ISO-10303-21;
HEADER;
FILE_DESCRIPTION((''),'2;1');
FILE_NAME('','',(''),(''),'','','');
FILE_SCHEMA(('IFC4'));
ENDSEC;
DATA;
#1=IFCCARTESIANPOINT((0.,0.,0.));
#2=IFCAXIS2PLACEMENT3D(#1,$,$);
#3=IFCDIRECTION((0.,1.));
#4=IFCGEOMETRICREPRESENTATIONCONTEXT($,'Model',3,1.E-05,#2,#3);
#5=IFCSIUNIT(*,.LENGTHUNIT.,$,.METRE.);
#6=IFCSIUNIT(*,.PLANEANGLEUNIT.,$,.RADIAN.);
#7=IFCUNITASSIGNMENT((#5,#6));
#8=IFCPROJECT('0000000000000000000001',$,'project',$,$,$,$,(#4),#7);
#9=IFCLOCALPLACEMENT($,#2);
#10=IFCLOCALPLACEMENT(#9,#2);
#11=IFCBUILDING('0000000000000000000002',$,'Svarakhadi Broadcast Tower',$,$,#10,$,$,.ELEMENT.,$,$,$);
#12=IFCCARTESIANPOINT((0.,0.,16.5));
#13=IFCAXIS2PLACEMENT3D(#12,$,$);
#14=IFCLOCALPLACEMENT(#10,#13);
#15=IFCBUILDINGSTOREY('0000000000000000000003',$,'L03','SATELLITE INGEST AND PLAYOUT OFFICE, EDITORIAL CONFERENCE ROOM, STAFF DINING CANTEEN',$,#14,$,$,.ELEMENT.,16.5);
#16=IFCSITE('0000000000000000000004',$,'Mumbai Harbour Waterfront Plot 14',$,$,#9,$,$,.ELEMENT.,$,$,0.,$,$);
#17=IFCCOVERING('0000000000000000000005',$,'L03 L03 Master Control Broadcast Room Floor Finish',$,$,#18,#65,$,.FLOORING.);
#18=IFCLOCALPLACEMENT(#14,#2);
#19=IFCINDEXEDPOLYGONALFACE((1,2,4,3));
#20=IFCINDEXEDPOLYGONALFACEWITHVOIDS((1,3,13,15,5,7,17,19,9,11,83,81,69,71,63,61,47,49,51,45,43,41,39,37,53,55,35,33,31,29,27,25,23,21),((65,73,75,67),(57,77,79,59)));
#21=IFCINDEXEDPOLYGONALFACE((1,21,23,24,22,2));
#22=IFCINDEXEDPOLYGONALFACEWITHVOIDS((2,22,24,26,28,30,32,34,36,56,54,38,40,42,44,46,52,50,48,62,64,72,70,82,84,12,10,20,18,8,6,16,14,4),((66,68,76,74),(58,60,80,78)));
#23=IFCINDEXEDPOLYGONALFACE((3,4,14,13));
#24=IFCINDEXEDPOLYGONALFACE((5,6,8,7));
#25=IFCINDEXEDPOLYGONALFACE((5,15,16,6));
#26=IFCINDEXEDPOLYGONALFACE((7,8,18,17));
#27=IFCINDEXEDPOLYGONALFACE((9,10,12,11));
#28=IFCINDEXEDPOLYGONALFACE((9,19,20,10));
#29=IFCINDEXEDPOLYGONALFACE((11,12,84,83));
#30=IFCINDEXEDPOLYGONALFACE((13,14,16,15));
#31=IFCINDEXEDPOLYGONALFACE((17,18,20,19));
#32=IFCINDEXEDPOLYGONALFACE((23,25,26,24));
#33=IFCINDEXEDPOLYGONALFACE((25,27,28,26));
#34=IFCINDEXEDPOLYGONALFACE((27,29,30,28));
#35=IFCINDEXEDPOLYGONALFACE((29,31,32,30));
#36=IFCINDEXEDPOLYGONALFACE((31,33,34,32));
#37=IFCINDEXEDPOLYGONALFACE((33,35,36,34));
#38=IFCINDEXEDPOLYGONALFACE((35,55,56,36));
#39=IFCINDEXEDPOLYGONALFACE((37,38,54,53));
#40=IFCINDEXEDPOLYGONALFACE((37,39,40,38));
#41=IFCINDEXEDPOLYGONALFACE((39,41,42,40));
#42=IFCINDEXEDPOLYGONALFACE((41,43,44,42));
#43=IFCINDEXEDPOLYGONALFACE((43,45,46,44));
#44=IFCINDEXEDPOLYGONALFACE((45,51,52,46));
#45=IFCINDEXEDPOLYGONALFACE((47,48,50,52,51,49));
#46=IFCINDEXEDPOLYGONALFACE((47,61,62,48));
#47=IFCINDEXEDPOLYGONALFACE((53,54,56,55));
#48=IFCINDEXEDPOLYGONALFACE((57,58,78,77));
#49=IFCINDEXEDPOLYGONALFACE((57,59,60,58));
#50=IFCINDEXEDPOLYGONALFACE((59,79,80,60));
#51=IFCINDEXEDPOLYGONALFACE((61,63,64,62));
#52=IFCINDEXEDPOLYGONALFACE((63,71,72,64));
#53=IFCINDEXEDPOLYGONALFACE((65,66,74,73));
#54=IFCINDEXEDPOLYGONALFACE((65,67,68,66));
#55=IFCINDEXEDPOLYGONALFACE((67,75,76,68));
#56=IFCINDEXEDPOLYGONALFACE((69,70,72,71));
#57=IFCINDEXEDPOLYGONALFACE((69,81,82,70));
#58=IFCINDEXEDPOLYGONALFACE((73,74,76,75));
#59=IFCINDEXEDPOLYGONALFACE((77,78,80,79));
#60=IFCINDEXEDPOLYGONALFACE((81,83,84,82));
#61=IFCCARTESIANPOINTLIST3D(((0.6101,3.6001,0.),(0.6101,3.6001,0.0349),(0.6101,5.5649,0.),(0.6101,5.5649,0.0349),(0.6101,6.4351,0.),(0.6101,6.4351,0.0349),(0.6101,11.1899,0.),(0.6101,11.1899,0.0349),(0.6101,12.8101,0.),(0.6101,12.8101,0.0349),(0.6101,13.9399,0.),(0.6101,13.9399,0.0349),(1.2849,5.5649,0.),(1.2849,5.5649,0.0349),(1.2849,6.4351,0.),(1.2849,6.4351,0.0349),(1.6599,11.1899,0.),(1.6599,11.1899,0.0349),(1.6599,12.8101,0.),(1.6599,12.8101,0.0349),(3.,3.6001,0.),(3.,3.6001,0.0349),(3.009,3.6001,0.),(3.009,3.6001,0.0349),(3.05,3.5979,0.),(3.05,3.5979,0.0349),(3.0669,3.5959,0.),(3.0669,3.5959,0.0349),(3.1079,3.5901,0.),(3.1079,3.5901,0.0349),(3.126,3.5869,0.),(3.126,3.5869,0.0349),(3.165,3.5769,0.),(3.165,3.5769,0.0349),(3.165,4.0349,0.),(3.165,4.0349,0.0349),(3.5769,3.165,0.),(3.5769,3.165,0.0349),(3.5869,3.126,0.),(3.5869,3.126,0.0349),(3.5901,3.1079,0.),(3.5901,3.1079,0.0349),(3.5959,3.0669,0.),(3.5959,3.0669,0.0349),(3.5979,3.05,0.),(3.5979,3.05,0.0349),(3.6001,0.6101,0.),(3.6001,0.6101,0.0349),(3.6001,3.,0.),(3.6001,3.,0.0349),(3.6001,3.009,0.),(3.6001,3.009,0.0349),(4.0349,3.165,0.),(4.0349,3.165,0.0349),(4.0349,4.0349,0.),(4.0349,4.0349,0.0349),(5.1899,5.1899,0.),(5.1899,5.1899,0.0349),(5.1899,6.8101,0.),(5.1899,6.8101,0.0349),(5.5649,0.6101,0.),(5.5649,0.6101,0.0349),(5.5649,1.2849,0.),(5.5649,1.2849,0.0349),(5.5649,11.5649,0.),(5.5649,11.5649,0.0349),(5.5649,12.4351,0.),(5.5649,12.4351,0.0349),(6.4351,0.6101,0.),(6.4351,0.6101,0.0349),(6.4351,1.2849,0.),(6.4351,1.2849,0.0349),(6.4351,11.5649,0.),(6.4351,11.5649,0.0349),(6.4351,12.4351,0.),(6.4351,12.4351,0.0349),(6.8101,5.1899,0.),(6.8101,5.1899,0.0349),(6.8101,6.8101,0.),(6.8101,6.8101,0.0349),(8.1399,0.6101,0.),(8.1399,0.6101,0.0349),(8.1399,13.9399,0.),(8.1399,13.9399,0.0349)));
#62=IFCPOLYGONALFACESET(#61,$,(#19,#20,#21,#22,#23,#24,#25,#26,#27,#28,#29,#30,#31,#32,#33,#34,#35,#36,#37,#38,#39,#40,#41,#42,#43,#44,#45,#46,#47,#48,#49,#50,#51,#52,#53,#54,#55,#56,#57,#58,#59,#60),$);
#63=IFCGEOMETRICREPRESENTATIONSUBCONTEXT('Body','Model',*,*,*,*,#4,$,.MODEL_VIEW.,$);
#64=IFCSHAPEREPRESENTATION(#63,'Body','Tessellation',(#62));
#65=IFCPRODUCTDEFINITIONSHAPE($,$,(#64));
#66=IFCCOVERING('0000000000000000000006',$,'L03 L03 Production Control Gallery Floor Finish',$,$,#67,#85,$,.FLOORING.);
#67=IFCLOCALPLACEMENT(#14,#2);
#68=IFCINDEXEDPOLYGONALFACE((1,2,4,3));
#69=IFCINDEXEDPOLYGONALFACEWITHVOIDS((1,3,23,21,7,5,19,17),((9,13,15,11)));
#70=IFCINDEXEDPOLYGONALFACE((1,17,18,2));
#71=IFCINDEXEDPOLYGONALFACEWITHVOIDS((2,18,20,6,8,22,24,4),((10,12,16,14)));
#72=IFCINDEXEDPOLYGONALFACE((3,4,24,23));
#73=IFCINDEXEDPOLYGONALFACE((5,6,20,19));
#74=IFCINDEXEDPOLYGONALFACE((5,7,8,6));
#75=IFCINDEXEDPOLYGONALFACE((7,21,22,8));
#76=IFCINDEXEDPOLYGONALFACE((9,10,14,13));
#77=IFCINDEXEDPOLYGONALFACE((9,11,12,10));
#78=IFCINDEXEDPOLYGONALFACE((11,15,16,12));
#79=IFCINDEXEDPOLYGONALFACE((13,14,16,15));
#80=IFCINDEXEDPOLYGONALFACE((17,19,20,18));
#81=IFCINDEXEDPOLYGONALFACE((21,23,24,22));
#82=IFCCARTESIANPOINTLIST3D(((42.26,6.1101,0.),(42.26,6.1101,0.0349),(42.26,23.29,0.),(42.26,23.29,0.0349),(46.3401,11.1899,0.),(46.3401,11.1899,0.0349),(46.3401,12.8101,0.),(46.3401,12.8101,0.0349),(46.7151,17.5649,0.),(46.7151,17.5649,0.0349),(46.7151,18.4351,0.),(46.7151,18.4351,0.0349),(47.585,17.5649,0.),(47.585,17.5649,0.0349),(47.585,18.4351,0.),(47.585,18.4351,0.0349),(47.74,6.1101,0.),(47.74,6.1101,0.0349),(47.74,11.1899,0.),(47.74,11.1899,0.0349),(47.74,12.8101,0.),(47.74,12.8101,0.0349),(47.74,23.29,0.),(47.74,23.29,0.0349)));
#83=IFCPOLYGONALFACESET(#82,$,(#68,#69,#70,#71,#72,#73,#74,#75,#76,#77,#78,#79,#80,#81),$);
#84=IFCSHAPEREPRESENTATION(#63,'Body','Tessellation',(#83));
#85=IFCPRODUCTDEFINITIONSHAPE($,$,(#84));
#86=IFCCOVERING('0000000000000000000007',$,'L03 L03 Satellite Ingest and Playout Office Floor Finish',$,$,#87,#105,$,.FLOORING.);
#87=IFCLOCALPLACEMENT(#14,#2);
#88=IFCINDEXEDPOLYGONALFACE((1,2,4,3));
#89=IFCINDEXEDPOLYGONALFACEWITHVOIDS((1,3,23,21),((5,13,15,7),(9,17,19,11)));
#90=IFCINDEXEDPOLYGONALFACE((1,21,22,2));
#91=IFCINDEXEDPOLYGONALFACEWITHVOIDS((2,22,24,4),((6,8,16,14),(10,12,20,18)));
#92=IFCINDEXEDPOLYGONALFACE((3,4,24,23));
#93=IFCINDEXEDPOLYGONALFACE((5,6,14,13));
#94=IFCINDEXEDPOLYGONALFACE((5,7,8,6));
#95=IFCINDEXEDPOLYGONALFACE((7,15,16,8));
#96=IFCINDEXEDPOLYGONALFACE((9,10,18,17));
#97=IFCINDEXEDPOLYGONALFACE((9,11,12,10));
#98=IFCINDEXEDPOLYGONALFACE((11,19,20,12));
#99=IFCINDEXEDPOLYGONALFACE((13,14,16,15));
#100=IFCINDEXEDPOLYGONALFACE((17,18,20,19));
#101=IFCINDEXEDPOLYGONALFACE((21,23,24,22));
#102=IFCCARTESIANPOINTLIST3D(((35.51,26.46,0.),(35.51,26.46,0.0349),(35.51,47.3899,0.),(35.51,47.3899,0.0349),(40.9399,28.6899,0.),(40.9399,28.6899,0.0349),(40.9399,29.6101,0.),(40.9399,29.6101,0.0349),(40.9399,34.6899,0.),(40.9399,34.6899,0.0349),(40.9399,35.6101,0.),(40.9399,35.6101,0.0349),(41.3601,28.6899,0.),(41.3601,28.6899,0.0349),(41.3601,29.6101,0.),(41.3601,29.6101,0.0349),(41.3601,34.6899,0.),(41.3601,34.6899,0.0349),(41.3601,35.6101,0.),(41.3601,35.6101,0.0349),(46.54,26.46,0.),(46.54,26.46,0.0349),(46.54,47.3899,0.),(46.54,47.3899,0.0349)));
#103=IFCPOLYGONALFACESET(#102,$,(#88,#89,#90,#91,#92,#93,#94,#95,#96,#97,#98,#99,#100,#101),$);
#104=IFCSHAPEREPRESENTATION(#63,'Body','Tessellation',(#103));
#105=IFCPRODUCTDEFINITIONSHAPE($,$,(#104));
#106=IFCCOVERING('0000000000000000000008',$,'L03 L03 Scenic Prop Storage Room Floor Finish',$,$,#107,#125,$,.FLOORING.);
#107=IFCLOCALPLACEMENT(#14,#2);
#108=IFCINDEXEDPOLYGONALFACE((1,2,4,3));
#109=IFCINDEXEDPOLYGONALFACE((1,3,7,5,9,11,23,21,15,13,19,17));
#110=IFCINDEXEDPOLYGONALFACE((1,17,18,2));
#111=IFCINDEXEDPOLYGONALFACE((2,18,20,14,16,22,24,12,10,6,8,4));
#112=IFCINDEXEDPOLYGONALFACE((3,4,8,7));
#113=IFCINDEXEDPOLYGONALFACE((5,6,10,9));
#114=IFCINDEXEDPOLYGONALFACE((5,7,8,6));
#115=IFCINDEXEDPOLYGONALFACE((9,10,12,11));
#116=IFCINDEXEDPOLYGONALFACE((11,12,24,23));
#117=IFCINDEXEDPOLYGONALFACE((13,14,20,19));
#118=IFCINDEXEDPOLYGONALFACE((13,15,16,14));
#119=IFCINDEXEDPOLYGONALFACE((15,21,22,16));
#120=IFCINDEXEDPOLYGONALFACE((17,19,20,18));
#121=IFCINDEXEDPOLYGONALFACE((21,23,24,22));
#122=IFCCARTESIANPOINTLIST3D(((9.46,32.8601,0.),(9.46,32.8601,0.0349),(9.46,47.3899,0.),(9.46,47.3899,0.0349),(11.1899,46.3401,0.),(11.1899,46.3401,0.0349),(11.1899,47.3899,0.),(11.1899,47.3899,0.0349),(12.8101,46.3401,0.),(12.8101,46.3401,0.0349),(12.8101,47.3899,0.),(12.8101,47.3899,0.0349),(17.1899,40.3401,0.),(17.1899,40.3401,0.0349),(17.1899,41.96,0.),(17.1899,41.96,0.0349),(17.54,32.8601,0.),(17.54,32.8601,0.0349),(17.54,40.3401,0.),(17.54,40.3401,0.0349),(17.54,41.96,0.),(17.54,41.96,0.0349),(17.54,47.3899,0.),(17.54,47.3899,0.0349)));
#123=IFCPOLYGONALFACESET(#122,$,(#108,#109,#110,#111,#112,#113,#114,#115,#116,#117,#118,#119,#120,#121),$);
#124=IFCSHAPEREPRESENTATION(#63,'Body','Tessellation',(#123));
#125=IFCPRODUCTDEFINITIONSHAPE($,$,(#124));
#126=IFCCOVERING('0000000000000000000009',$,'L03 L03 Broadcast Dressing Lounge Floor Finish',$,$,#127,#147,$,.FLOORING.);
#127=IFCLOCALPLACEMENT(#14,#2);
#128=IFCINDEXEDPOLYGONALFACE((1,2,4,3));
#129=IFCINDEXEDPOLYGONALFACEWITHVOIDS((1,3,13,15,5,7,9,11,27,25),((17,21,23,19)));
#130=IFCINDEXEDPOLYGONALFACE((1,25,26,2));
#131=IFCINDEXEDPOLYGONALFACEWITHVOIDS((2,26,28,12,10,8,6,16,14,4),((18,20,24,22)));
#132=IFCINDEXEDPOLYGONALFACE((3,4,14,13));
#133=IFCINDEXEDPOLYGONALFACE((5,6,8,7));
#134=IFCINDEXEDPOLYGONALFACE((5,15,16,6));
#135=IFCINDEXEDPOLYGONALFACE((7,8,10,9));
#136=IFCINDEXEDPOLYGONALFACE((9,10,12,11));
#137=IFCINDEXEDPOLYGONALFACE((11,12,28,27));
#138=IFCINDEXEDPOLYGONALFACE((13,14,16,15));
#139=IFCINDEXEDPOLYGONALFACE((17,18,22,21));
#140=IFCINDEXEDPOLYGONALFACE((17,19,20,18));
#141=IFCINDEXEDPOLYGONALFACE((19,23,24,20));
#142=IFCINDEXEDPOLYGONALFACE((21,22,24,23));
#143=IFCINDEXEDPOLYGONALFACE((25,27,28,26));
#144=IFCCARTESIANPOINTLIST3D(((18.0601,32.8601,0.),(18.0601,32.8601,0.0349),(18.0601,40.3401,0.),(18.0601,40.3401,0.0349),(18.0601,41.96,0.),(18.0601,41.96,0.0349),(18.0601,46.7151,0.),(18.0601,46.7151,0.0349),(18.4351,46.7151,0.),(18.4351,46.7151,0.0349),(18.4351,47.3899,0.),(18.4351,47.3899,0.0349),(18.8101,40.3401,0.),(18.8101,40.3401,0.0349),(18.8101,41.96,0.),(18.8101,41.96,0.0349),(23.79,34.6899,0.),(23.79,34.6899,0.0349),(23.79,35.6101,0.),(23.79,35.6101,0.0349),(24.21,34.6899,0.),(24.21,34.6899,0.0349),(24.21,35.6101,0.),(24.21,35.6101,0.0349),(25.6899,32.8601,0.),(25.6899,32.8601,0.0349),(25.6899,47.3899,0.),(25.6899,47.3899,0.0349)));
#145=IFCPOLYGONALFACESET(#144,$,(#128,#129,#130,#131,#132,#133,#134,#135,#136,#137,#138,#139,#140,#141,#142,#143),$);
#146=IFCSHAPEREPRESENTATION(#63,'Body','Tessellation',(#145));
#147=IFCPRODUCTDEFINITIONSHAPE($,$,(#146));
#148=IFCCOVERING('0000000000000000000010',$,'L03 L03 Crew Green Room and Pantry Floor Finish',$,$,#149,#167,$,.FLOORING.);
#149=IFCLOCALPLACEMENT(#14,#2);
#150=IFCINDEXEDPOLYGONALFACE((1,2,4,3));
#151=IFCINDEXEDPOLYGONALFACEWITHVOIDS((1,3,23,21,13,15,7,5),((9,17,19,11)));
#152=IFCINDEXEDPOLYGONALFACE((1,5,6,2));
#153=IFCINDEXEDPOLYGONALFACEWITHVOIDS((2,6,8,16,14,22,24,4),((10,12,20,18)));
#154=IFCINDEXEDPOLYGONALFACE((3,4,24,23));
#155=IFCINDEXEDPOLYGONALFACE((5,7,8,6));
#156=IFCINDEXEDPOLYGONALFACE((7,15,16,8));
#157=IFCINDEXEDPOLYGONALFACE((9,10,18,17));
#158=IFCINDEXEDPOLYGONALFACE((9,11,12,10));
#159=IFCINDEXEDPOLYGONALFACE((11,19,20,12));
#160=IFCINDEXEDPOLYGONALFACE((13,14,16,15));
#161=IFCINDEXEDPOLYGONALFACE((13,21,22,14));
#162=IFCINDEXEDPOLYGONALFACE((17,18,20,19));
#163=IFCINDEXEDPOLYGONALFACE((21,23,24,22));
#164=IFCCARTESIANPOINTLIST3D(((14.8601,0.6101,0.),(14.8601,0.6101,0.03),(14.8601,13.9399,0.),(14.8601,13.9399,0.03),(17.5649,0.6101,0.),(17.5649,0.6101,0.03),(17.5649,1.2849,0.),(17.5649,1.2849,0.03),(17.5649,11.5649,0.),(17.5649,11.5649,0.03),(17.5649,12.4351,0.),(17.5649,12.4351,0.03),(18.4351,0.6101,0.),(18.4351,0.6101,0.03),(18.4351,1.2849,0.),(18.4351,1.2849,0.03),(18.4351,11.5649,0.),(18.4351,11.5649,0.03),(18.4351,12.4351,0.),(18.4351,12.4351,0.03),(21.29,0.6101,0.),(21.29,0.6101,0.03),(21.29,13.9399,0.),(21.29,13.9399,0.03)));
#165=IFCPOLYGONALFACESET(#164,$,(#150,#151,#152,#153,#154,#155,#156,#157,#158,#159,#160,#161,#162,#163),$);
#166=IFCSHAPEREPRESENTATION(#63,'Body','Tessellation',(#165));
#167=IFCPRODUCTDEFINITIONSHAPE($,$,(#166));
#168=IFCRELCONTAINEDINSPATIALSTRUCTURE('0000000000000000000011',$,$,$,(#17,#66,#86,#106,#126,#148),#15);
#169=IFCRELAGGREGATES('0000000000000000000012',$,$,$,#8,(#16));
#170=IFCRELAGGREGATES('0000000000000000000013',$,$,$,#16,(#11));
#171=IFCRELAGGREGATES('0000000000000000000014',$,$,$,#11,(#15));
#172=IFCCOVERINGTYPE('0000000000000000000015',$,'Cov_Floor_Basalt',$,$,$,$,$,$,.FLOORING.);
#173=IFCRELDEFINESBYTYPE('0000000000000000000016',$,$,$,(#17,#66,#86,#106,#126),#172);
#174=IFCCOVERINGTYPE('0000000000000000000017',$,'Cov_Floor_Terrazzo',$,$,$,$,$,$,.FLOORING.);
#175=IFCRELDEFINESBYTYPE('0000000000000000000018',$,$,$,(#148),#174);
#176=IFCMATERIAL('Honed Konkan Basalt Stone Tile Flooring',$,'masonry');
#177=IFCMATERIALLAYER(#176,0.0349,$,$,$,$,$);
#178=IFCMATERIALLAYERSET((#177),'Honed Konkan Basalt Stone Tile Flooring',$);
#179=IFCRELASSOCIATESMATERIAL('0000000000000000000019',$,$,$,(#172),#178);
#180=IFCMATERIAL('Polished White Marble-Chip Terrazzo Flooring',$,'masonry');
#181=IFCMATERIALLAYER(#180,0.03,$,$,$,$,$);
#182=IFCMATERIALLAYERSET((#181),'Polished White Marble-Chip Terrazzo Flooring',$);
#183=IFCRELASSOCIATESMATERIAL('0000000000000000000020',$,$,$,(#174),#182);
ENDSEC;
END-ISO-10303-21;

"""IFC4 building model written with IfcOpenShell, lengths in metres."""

from ifc_helpers import new_model, si_unit, direction, frame, origin, place, context, subcontext, project, spatial, polyline, outline, extrude, material, layer, layer_set, type_object, element, save


model = new_model("IFC4")

# Units and contexts
model_context = context("Model", 3, precision=1e-05, world=origin(), true_north=direction((0.0, 1.0)))
body_context = subcontext(model_context, "Body", "Model", "MODEL_VIEW")
ifc_project = project(units=[si_unit("LENGTHUNIT", "METRE"), si_unit("PLANEANGLEUNIT", "RADIAN")], contexts=[model_context])

# Site, building, storey
site_placement = place(None, origin())
site = spatial("IfcSite", under=ifc_project, at=site_placement, Name="Mumbai Harbour Waterfront Plot 14", CompositionType="ELEMENT", RefElevation=0.0)
building_placement = place(site_placement, origin())
building = spatial("IfcBuilding", under=site, at=building_placement, Name="Svarakhadi Broadcast Tower", CompositionType="ELEMENT")
storey_placement = place(building_placement, frame((0.0, 0.0, 16.5)))
storey = spatial("IfcBuildingStorey", under=building, at=storey_placement, Name="L03", Description="SATELLITE INGEST AND PLAYOUT OFFICE, EDITORIAL CONFERENCE ROOM, STAFF DINING CANTEEN", CompositionType="ELEMENT", Elevation=16.5)

# Coverings
ifc_material_1 = material(Name="Honed Konkan Basalt Stone Tile Flooring", Category="masonry")
ifc_layer_1 = layer(ifc_material_1, 0.0349)
ifc_layer_set_1 = layer_set([ifc_layer_1], Name="Honed Konkan Basalt Stone Tile Flooring")
covering_type_1 = type_object("IfcCoveringType", Name="Cov_Floor_Basalt", PredefinedType="FLOORING", material=ifc_layer_set_1)
covering_1_placement = place(storey_placement, origin())
element("IfcCovering", 1, at=covering_1_placement, inside=storey, type_object=covering_type_1, Name="L03 L03 Master Control Broadcast Room Floor Finish", PredefinedType="FLOORING", context=body_context, shape_type="SweptSolid", body=[
    extrude(outline(polyline([(8.1399, 0.6101), (6.4351, 0.6101), (6.4351, 1.2849), (5.5649, 1.2849), (5.5649, 0.6101), (3.6001, 0.6101), (3.6001, 3.0), (3.6001, 3.009), (3.5979, 3.05), (3.5959, 3.0669), (3.5901, 3.1079), (3.5869, 3.126), (3.5769, 3.165), (4.0349, 3.165), (4.0349, 4.0349), (3.165, 4.0349), (3.165, 3.5769), (3.126, 3.5869), (3.1079, 3.5901), (3.0669, 3.5959), (3.05, 3.5979), (3.009, 3.6001), (3.0, 3.6001), (0.6101, 3.6001), (0.6101, 5.5649), (1.2849, 5.5649), (1.2849, 6.4351), (0.6101, 6.4351), (0.6101, 11.1899), (1.6599, 11.1899), (1.6599, 12.8101), (0.6101, 12.8101), (0.6101, 13.9399), (8.1399, 13.9399), (8.1399, 0.6101)]), holes=[polyline([(5.1899, 5.1899), (6.8101, 5.1899), (6.8101, 6.8101), (5.1899, 6.8101), (5.1899, 5.1899)]), polyline([(5.5649, 11.5649), (6.4351, 11.5649), (6.4351, 12.4351), (5.5649, 12.4351), (5.5649, 11.5649)])]), origin(), (0.0, 0.0, 1.0), 0.0349),
])
covering_2_placement = place(storey_placement, origin())
element("IfcCovering", 2, at=covering_2_placement, inside=storey, type_object=covering_type_1, Name="L03 L03 Production Control Gallery Floor Finish", PredefinedType="FLOORING", context=body_context, shape_type="SweptSolid", body=[
    extrude(outline(polyline([(47.74, 23.29), (47.74, 12.8101), (46.3401, 12.8101), (46.3401, 11.1899), (47.74, 11.1899), (47.74, 6.1101), (42.26, 6.1101), (42.26, 23.29), (47.74, 23.29)]), holes=[polyline([(46.7151, 17.5649), (47.585, 17.5649), (47.585, 18.4351), (46.7151, 18.4351), (46.7151, 17.5649)])]), origin(), (0.0, 0.0, 1.0), 0.0349),
])
covering_3_placement = place(storey_placement, origin())
element("IfcCovering", 3, at=covering_3_placement, inside=storey, type_object=covering_type_1, Name="L03 L03 Satellite Ingest and Playout Office Floor Finish", PredefinedType="FLOORING", context=body_context, shape_type="SweptSolid", body=[
    extrude(outline(polyline([(46.54, 47.3899), (46.54, 26.46), (35.51, 26.46), (35.51, 47.3899), (46.54, 47.3899)]), holes=[polyline([(40.9399, 28.6899), (41.3601, 28.6899), (41.3601, 29.6101), (40.9399, 29.6101), (40.9399, 28.6899)]), polyline([(40.9399, 34.6899), (41.3601, 34.6899), (41.3601, 35.6101), (40.9399, 35.6101), (40.9399, 34.6899)])]), origin(), (0.0, 0.0, 1.0), 0.0349),
])
covering_4_placement = place(storey_placement, origin())
element("IfcCovering", 4, at=covering_4_placement, inside=storey, type_object=covering_type_1, Name="L03 L03 Scenic Prop Storage Room Floor Finish", PredefinedType="FLOORING", context=body_context, shape_type="SweptSolid", body=[
    extrude(outline(polyline([(11.1899, 47.3899), (11.1899, 46.3401), (12.8101, 46.3401), (12.8101, 47.3899), (17.54, 47.3899), (17.54, 41.96), (17.1899, 41.96), (17.1899, 40.3401), (17.54, 40.3401), (17.54, 32.8601), (9.46, 32.8601), (9.46, 47.3899), (11.1899, 47.3899)])), origin(), (0.0, 0.0, 1.0), 0.0349),
])
covering_5_placement = place(storey_placement, origin())
element("IfcCovering", 5, at=covering_5_placement, inside=storey, type_object=covering_type_1, Name="L03 L03 Broadcast Dressing Lounge Floor Finish", PredefinedType="FLOORING", context=body_context, shape_type="SweptSolid", body=[
    extrude(outline(polyline([(25.6899, 47.3899), (25.6899, 32.8601), (18.0601, 32.8601), (18.0601, 40.3401), (18.8101, 40.3401), (18.8101, 41.96), (18.0601, 41.96), (18.0601, 46.7151), (18.4351, 46.7151), (18.4351, 47.3899), (25.6899, 47.3899)]), holes=[polyline([(23.79, 34.6899), (24.21, 34.6899), (24.21, 35.6101), (23.79, 35.6101), (23.79, 34.6899)])]), origin(), (0.0, 0.0, 1.0), 0.0349),
])
ifc_material_2 = material(Name="Polished White Marble-Chip Terrazzo Flooring", Category="masonry")
ifc_layer_2 = layer(ifc_material_2, 0.03)
ifc_layer_set_2 = layer_set([ifc_layer_2], Name="Polished White Marble-Chip Terrazzo Flooring")
covering_type_2 = type_object("IfcCoveringType", Name="Cov_Floor_Terrazzo", PredefinedType="FLOORING", material=ifc_layer_set_2)
covering_6_placement = place(storey_placement, origin())
element("IfcCovering", 6, at=covering_6_placement, inside=storey, type_object=covering_type_2, Name="L03 L03 Crew Green Room and Pantry Floor Finish", PredefinedType="FLOORING", context=body_context, shape_type="SweptSolid", body=[
    extrude(outline(polyline([(21.29, 13.9399), (21.29, 0.6101), (18.4351, 0.6101), (18.4351, 1.2849), (17.5649, 1.2849), (17.5649, 0.6101), (14.8601, 0.6101), (14.8601, 13.9399), (21.29, 13.9399)]), holes=[polyline([(17.5649, 11.5649), (18.4351, 11.5649), (18.4351, 12.4351), (17.5649, 12.4351), (17.5649, 11.5649)])]), origin(), (0.0, 0.0, 1.0), 0.03),
])

save(model, "model.ifc")
